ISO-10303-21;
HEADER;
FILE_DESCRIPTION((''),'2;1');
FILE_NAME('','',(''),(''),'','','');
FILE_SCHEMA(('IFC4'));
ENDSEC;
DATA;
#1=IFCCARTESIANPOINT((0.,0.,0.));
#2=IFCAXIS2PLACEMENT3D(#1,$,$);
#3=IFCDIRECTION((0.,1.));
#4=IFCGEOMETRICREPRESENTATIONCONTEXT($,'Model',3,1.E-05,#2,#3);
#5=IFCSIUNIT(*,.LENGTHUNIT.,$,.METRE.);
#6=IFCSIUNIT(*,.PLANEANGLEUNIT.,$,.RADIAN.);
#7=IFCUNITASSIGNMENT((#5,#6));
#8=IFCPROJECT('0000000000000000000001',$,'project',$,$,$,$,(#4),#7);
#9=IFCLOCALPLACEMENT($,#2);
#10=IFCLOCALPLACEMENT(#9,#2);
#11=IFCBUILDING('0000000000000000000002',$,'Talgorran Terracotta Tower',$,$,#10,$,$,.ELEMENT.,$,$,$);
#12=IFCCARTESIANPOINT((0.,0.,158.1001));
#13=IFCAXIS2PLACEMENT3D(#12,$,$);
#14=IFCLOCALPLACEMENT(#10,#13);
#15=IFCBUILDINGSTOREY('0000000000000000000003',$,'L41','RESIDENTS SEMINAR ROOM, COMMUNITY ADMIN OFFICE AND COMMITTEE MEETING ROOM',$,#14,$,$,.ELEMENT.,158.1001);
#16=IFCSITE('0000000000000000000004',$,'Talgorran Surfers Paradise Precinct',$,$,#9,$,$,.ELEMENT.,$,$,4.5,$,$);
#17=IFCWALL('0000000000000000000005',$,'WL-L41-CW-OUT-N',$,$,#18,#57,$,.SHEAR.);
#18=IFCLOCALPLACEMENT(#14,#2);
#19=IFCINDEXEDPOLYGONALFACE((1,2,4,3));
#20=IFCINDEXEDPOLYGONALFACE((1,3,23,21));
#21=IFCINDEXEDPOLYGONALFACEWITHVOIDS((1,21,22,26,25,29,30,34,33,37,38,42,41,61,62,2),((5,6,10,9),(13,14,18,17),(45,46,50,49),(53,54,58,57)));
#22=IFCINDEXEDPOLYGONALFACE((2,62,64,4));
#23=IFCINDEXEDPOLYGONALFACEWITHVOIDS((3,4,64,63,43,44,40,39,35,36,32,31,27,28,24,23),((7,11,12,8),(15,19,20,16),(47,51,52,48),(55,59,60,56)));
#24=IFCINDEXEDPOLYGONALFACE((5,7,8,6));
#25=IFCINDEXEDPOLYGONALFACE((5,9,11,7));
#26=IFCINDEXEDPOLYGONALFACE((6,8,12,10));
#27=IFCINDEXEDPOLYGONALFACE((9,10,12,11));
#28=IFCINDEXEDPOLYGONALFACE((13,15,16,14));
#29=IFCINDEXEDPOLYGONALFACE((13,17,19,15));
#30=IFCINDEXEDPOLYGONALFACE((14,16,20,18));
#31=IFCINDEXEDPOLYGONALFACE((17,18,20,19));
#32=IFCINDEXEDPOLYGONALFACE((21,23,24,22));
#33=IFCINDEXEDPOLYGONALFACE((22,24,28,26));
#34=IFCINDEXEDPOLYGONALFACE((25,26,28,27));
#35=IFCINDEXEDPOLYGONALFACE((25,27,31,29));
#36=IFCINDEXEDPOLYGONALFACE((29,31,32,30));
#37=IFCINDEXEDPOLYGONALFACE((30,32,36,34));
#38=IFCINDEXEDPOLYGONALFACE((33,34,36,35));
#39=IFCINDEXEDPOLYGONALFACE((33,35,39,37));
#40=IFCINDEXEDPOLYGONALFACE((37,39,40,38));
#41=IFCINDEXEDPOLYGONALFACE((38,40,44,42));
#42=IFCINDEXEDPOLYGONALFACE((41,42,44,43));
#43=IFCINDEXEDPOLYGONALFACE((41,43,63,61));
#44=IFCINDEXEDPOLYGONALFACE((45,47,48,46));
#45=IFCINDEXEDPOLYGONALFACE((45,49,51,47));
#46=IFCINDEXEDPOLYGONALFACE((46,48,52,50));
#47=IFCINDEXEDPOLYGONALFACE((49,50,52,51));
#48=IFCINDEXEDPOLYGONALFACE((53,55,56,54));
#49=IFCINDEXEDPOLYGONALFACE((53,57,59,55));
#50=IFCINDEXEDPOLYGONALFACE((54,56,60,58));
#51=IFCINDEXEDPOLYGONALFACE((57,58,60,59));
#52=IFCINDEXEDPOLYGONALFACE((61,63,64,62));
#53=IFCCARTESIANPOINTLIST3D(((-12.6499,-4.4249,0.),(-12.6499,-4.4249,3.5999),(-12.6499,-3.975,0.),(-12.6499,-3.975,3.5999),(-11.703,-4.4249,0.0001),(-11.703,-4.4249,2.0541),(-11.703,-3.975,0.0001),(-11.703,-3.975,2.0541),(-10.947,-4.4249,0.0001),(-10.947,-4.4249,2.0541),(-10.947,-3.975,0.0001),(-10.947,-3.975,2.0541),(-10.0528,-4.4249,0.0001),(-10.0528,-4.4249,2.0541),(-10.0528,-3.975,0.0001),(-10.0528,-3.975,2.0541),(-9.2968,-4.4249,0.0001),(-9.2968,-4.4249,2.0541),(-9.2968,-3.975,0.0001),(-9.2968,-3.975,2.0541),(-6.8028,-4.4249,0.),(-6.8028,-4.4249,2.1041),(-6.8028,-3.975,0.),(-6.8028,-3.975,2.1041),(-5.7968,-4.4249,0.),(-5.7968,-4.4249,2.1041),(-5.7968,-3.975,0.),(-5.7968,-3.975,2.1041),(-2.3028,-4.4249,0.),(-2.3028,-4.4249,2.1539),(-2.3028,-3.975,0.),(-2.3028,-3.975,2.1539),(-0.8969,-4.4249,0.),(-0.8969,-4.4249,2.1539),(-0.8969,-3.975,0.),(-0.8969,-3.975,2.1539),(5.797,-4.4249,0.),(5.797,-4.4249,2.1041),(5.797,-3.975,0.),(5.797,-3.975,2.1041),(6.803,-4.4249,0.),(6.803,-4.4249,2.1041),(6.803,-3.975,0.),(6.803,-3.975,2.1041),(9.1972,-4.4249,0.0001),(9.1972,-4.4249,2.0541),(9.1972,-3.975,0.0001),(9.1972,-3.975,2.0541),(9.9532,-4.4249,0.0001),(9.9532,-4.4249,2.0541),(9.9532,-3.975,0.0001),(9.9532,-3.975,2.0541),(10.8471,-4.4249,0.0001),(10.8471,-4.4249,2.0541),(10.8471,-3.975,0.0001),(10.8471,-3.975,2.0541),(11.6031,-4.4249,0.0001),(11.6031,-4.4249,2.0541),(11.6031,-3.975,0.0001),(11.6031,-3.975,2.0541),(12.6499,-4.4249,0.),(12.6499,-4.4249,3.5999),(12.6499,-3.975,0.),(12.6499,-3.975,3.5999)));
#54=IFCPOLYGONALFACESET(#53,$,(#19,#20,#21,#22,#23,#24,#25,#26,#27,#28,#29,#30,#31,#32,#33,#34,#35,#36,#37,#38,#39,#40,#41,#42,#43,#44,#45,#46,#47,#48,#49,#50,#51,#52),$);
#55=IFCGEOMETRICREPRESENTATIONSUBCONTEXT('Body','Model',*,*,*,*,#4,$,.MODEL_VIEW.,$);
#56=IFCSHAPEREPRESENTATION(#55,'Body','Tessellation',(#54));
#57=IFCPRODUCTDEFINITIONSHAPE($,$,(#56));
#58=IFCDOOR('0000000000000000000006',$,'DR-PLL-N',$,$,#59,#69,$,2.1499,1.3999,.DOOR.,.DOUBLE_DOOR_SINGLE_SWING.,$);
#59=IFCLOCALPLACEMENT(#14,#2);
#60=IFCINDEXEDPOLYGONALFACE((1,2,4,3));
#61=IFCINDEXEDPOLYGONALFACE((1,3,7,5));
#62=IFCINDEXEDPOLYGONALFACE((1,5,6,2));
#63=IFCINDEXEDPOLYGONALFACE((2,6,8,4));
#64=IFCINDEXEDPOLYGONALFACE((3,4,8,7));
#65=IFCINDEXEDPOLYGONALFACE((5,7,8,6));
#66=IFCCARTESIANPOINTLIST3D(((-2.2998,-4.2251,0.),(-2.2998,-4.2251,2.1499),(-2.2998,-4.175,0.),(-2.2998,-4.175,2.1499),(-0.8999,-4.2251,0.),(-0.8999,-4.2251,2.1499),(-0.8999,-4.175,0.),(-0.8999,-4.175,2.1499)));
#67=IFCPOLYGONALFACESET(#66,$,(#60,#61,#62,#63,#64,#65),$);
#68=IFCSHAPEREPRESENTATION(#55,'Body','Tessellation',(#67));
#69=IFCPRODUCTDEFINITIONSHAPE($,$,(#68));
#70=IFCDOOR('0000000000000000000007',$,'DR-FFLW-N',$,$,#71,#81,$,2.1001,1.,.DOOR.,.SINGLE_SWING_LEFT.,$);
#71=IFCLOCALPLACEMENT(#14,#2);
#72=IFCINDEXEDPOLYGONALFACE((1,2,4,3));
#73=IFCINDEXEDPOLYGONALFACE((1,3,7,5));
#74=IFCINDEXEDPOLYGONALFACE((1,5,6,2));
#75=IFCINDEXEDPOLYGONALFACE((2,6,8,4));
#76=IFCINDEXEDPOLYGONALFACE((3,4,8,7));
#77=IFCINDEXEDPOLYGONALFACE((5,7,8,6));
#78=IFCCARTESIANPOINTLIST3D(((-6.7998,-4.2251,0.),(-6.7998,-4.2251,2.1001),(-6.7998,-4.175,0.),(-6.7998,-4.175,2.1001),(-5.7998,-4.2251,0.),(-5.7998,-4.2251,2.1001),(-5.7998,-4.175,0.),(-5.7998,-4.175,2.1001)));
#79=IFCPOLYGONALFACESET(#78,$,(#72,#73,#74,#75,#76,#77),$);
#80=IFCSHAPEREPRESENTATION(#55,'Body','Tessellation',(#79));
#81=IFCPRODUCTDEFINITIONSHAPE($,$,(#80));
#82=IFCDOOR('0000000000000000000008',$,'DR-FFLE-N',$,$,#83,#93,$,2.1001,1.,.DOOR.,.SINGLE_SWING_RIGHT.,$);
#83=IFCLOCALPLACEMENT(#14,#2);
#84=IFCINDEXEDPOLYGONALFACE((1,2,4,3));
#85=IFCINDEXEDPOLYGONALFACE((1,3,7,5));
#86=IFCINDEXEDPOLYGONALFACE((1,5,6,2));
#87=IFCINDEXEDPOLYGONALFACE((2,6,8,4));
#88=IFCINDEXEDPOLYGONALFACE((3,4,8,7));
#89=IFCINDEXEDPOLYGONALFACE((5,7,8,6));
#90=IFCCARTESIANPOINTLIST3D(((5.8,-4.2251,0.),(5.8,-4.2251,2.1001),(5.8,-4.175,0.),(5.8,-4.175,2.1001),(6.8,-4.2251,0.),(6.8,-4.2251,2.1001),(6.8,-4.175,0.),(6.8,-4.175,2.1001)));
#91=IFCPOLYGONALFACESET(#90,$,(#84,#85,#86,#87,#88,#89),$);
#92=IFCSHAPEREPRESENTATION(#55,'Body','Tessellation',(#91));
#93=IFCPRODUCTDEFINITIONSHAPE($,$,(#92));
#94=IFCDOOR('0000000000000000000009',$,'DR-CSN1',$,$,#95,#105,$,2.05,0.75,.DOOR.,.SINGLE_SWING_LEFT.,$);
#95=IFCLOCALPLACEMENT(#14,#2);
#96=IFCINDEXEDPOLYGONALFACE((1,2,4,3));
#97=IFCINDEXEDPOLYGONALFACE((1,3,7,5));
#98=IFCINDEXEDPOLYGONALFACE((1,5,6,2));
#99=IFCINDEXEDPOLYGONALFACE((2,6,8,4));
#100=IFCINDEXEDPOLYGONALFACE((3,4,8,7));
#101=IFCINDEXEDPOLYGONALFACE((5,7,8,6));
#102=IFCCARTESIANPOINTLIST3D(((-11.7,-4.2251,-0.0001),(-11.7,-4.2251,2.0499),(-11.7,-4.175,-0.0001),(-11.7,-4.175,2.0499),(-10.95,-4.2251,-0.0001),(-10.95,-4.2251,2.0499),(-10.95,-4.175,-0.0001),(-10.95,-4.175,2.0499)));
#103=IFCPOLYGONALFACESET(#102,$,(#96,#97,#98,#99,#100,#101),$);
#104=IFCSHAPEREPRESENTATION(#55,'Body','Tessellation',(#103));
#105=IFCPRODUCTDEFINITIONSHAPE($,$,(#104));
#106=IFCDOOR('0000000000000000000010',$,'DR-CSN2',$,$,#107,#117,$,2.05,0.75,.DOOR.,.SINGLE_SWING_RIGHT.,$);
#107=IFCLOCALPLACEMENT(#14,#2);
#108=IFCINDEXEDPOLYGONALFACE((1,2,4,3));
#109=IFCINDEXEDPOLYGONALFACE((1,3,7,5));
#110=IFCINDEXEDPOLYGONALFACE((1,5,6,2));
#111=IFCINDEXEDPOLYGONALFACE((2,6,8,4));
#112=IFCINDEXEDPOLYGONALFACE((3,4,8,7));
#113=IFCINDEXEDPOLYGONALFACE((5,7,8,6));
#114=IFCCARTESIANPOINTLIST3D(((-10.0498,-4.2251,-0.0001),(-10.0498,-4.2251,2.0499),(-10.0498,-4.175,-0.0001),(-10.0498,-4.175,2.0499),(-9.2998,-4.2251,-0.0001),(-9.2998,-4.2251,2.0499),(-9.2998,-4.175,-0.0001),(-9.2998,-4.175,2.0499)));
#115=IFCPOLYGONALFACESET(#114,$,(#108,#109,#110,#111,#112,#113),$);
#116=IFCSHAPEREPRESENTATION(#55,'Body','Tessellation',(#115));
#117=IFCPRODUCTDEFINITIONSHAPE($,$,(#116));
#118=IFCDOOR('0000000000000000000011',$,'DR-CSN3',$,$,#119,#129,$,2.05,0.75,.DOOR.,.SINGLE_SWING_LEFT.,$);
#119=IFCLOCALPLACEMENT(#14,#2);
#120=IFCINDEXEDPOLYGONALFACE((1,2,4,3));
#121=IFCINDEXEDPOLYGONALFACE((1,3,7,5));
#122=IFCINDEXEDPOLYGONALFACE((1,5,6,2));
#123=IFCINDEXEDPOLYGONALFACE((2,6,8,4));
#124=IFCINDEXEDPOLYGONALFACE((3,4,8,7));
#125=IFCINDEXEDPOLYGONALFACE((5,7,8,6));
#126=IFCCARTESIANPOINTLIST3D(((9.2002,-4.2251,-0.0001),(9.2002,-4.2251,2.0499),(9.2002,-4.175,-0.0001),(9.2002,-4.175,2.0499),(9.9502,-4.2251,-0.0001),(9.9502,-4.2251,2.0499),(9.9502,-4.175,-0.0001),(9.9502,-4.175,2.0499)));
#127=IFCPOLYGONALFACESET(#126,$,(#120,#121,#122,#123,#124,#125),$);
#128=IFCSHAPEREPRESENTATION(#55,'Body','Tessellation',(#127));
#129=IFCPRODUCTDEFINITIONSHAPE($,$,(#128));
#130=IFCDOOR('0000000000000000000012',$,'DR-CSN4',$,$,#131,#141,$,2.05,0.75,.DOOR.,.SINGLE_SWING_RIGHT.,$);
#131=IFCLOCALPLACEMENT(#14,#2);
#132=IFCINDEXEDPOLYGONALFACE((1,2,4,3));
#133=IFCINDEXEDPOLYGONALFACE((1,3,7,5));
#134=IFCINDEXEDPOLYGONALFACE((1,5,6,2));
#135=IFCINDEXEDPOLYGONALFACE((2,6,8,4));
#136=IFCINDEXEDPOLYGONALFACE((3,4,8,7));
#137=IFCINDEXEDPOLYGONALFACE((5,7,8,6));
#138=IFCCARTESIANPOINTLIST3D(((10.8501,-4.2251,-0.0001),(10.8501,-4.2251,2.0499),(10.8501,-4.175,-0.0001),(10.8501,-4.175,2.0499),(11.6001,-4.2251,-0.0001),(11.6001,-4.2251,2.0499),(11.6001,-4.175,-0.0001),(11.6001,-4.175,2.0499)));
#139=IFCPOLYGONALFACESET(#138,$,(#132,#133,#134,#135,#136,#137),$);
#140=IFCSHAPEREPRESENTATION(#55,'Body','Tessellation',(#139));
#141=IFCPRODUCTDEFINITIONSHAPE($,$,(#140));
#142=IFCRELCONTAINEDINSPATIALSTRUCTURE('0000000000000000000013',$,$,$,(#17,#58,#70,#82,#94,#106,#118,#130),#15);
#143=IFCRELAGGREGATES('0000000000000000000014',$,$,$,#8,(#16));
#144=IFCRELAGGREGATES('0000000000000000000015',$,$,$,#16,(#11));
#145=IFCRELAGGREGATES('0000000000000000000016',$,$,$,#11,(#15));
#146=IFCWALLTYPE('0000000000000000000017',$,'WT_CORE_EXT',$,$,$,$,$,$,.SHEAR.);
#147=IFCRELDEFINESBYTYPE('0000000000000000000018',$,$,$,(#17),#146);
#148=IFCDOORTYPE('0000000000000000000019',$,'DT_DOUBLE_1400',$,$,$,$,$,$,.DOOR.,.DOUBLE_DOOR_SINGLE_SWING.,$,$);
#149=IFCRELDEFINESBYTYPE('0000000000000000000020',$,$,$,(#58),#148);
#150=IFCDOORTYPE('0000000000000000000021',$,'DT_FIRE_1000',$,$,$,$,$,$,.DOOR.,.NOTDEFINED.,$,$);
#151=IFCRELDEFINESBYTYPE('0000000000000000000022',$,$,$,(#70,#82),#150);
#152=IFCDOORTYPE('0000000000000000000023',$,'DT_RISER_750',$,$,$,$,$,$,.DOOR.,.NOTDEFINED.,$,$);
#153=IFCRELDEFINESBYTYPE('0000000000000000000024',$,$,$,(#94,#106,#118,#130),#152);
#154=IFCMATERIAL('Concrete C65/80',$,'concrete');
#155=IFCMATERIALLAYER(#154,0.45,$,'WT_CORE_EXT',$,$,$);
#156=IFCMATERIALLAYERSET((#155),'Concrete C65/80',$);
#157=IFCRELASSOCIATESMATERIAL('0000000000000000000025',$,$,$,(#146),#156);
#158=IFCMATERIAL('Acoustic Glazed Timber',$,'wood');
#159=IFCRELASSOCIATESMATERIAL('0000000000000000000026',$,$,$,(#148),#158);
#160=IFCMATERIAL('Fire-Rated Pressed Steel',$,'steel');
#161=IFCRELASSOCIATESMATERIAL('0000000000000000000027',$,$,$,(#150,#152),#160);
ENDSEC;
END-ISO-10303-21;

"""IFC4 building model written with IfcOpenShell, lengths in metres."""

from ifc_helpers import new_model, si_unit, direction, frame, frame_2d, origin, place, context, subcontext, project, spatial, rectangle, extrude, material, layer, layer_set, type_object, element, fill, save


model = new_model("IFC4")

# Units and contexts
model_context = context("Model", 3, precision=1e-05, world=origin(), true_north=direction((0.0, 1.0)))
body_context = subcontext(model_context, "Body", "Model", "MODEL_VIEW")
ifc_project = project(units=[si_unit("LENGTHUNIT", "METRE"), si_unit("PLANEANGLEUNIT", "RADIAN")], contexts=[model_context])

# Site, building, storey
site_placement = place(None, origin())
site = spatial("IfcSite", under=ifc_project, at=site_placement, Name="Talgorran Surfers Paradise Precinct", CompositionType="ELEMENT", RefElevation=4.5)
building_placement = place(site_placement, origin())
building = spatial("IfcBuilding", under=site, at=building_placement, Name="Talgorran Terracotta Tower", CompositionType="ELEMENT")
storey_placement = place(building_placement, frame((0.0, 0.0, 158.1001)))
storey = spatial("IfcBuildingStorey", under=building, at=storey_placement, Name="L41", Description="RESIDENTS SEMINAR ROOM, COMMUNITY ADMIN OFFICE AND COMMITTEE MEETING ROOM", CompositionType="ELEMENT", Elevation=158.1001)

# Wall, openings, doors
ifc_material_1 = material(Name="Concrete C65/80", Category="concrete")
ifc_layer_1 = layer(ifc_material_1, 0.45, Name="WT_CORE_EXT")
ifc_layer_set_1 = layer_set([ifc_layer_1], Name="Concrete C65/80")
wall_type_1 = type_object("IfcWallType", Name="WT_CORE_EXT", PredefinedType="SHEAR", material=ifc_layer_set_1)
wall_1_placement = place(storey_placement, frame((-12.6499, -4.2, 0.0), z_axis=(0.0, 0.0, 1.0), x_axis=(1.0, 0.0, 0.0)))
wall_1 = element("IfcWall", 1, at=wall_1_placement, inside=storey, type_object=wall_type_1, Name="WL-L41-CW-OUT-N", PredefinedType="SHEAR", context=body_context, shape_type="SweptSolid", body=[
    extrude(rectangle(XDim=25.2998, YDim=0.45, at=frame_2d((12.6499, 0.0))), origin(), (0.0, 0.0, 1.0), 3.5999),
])
opening_1_placement = place(wall_1_placement, frame((0.95, 0.0, 0.0)))
opening_1 = element("IfcOpeningElement", 2, at=opening_1_placement, cuts=wall_1, PredefinedType="OPENING", context=body_context, shape_type="SweptSolid", body=[
    extrude(rectangle(XDim=0.756, YDim=2.054, at=frame_2d((0.375, 1.0271))), frame((0.0, 0.2349, 0.0), z_axis=(0.0, -1.0, 0.0), x_axis=(1.0, 0.0, 0.0)), (0.0, 0.0, 1.0), 0.47),
])
opening_2_placement = place(wall_1_placement, frame((2.6001, 0.0, 0.0)))
opening_2 = element("IfcOpeningElement", 3, at=opening_2_placement, cuts=wall_1, PredefinedType="OPENING", context=body_context, shape_type="SweptSolid", body=[
    extrude(rectangle(XDim=0.756, YDim=2.054, at=frame_2d((0.375, 1.0271))), frame((0.0, 0.2349, 0.0), z_axis=(0.0, -1.0, 0.0), x_axis=(1.0, 0.0, 0.0)), (0.0, 0.0, 1.0), 0.47),
])
opening_3_placement = place(wall_1_placement, frame((21.8501, 0.0, 0.0)))
opening_3 = element("IfcOpeningElement", 4, at=opening_3_placement, cuts=wall_1, PredefinedType="OPENING", context=body_context, shape_type="SweptSolid", body=[
    extrude(rectangle(XDim=0.756, YDim=2.054, at=frame_2d((0.375, 1.0271))), frame((0.0, 0.2349, 0.0), z_axis=(0.0, -1.0, 0.0), x_axis=(1.0, 0.0, 0.0)), (0.0, 0.0, 1.0), 0.47),
])
opening_4_placement = place(wall_1_placement, frame((23.5, 0.0, 0.0)))
opening_4 = element("IfcOpeningElement", 5, at=opening_4_placement, cuts=wall_1, PredefinedType="OPENING", context=body_context, shape_type="SweptSolid", body=[
    extrude(rectangle(XDim=0.756, YDim=2.054, at=frame_2d((0.375, 1.0271))), frame((0.0, 0.2349, 0.0), z_axis=(0.0, -1.0, 0.0), x_axis=(1.0, 0.0, 0.0)), (0.0, 0.0, 1.0), 0.47),
])
opening_5_placement = place(wall_1_placement, frame((5.8501, 0.0, 0.0)))
opening_5 = element("IfcOpeningElement", 6, at=opening_5_placement, cuts=wall_1, PredefinedType="OPENING", context=body_context, shape_type="SweptSolid", body=[
    extrude(rectangle(XDim=1.006, YDim=2.1041, at=frame_2d((0.5, 1.052))), frame((0.0, 0.2349, 0.0), z_axis=(0.0, -1.0, 0.0), x_axis=(1.0, 0.0, 0.0)), (0.0, 0.0, 1.0), 0.47),
])
opening_6_placement = place(wall_1_placement, frame((10.3501, 0.0, 0.0)))
opening_6 = element("IfcOpeningElement", 7, at=opening_6_placement, cuts=wall_1, PredefinedType="OPENING", context=body_context, shape_type="SweptSolid", body=[
    extrude(rectangle(XDim=1.4059, YDim=2.1539, at=frame_2d((0.7, 1.0769))), frame((0.0, 0.2349, 0.0), z_axis=(0.0, -1.0, 0.0), x_axis=(1.0, 0.0, 0.0)), (0.0, 0.0, 1.0), 0.47),
])
opening_7_placement = place(wall_1_placement, frame((18.45, 0.0, 0.0)))
opening_7 = element("IfcOpeningElement", 8, at=opening_7_placement, cuts=wall_1, PredefinedType="OPENING", context=body_context, shape_type="SweptSolid", body=[
    extrude(rectangle(XDim=1.006, YDim=2.1041, at=frame_2d((0.5, 1.052))), frame((0.0, 0.2349, 0.0), z_axis=(0.0, -1.0, 0.0), x_axis=(1.0, 0.0, 0.0)), (0.0, 0.0, 1.0), 0.47),
])
ifc_material_2 = material(Name="Acoustic Glazed Timber", Category="wood")
door_type_1 = type_object("IfcDoorType", Name="DT_DOUBLE_1400", OperationType="DOUBLE_DOOR_SINGLE_SWING", PredefinedType="DOOR", material=ifc_material_2)
door_1_placement = place(opening_6_placement, origin())
door_1 = element("IfcDoor", 9, at=door_1_placement, inside=storey, type_object=door_type_1, Name="DR-PLL-N", OperationType="DOUBLE_DOOR_SINGLE_SWING", OverallHeight=2.1499, OverallWidth=1.3999, PredefinedType="DOOR", context=body_context, shape_type="SweptSolid", body=[
    extrude(rectangle(XDim=1.3999, YDim=2.1499, at=frame_2d((0.7, 1.075))), frame((0.0, 0.0249, 0.0), z_axis=(0.0, -1.0, 0.0), x_axis=(1.0, 0.0, 0.0)), (0.0, 0.0, 1.0), 0.05),
])
fill(opening_6, door_1)
ifc_material_3 = material(Name="Fire-Rated Pressed Steel", Category="steel")
door_type_2 = type_object("IfcDoorType", Name="DT_FIRE_1000", OperationType="NOTDEFINED", PredefinedType="DOOR", material=ifc_material_3)
door_2_placement = place(opening_5_placement, origin())
door_2 = element("IfcDoor", 10, at=door_2_placement, inside=storey, type_object=door_type_2, Name="DR-FFLW-N", OperationType="SINGLE_SWING_LEFT", OverallHeight=2.1001, OverallWidth=1.0, PredefinedType="DOOR", context=body_context, shape_type="SweptSolid", body=[
    extrude(rectangle(XDim=1.0, YDim=2.1001, at=frame_2d((0.5, 1.05))), frame((0.0, 0.0249, 0.0), z_axis=(0.0, -1.0, 0.0), x_axis=(1.0, 0.0, 0.0)), (0.0, 0.0, 1.0), 0.05),
])
fill(opening_5, door_2)
door_3_placement = place(opening_7_placement, origin())
door_3 = element("IfcDoor", 11, at=door_3_placement, inside=storey, type_object=door_type_2, Name="DR-FFLE-N", OperationType="SINGLE_SWING_RIGHT", OverallHeight=2.1001, OverallWidth=1.0, PredefinedType="DOOR", context=body_context, shape_type="SweptSolid", body=[
    extrude(rectangle(XDim=1.0, YDim=2.1001, at=frame_2d((0.5, 1.05))), frame((0.0, 0.0249, 0.0), z_axis=(0.0, -1.0, 0.0), x_axis=(1.0, 0.0, 0.0)), (0.0, 0.0, 1.0), 0.05),
])
fill(opening_7, door_3)
door_type_3 = type_object("IfcDoorType", Name="DT_RISER_750", OperationType="NOTDEFINED", PredefinedType="DOOR", material=ifc_material_3)
door_4_placement = place(opening_1_placement, origin())
door_4 = element("IfcDoor", 12, at=door_4_placement, inside=storey, type_object=door_type_3, Name="DR-CSN1", OperationType="SINGLE_SWING_LEFT", OverallHeight=2.05, OverallWidth=0.75, PredefinedType="DOOR", context=body_context, shape_type="SweptSolid", body=[
    extrude(rectangle(XDim=0.75, YDim=2.05, at=frame_2d((0.375, 1.0249))), frame((0.0, 0.0249, 0.0), z_axis=(0.0, -1.0, 0.0), x_axis=(1.0, 0.0, 0.0)), (0.0, 0.0, 1.0), 0.05),
])
fill(opening_1, door_4)
door_5_placement = place(opening_2_placement, origin())
door_5 = element("IfcDoor", 13, at=door_5_placement, inside=storey, type_object=door_type_3, Name="DR-CSN2", OperationType="SINGLE_SWING_RIGHT", OverallHeight=2.05, OverallWidth=0.75, PredefinedType="DOOR", context=body_context, shape_type="SweptSolid", body=[
    extrude(rectangle(XDim=0.75, YDim=2.05, at=frame_2d((0.375, 1.0249))), frame((0.0, 0.0249, 0.0), z_axis=(0.0, -1.0, 0.0), x_axis=(1.0, 0.0, 0.0)), (0.0, 0.0, 1.0), 0.05),
])
fill(opening_2, door_5)
door_6_placement = place(opening_3_placement, origin())
door_6 = element("IfcDoor", 14, at=door_6_placement, inside=storey, type_object=door_type_3, Name="DR-CSN3", OperationType="SINGLE_SWING_LEFT", OverallHeight=2.05, OverallWidth=0.75, PredefinedType="DOOR", context=body_context, shape_type="SweptSolid", body=[
    extrude(rectangle(XDim=0.75, YDim=2.05, at=frame_2d((0.375, 1.0249))), frame((0.0, 0.0249, 0.0), z_axis=(0.0, -1.0, 0.0), x_axis=(1.0, 0.0, 0.0)), (0.0, 0.0, 1.0), 0.05),
])
fill(opening_3, door_6)
door_7_placement = place(opening_4_placement, origin())
door_7 = element("IfcDoor", 15, at=door_7_placement, inside=storey, type_object=door_type_3, Name="DR-CSN4", OperationType="SINGLE_SWING_RIGHT", OverallHeight=2.05, OverallWidth=0.75, PredefinedType="DOOR", context=body_context, shape_type="SweptSolid", body=[
    extrude(rectangle(XDim=0.75, YDim=2.05, at=frame_2d((0.375, 1.0249))), frame((0.0, 0.0249, 0.0), z_axis=(0.0, -1.0, 0.0), x_axis=(1.0, 0.0, 0.0)), (0.0, 0.0, 1.0), 0.05),
])
fill(opening_4, door_7)

save(model, "model.ifc")
